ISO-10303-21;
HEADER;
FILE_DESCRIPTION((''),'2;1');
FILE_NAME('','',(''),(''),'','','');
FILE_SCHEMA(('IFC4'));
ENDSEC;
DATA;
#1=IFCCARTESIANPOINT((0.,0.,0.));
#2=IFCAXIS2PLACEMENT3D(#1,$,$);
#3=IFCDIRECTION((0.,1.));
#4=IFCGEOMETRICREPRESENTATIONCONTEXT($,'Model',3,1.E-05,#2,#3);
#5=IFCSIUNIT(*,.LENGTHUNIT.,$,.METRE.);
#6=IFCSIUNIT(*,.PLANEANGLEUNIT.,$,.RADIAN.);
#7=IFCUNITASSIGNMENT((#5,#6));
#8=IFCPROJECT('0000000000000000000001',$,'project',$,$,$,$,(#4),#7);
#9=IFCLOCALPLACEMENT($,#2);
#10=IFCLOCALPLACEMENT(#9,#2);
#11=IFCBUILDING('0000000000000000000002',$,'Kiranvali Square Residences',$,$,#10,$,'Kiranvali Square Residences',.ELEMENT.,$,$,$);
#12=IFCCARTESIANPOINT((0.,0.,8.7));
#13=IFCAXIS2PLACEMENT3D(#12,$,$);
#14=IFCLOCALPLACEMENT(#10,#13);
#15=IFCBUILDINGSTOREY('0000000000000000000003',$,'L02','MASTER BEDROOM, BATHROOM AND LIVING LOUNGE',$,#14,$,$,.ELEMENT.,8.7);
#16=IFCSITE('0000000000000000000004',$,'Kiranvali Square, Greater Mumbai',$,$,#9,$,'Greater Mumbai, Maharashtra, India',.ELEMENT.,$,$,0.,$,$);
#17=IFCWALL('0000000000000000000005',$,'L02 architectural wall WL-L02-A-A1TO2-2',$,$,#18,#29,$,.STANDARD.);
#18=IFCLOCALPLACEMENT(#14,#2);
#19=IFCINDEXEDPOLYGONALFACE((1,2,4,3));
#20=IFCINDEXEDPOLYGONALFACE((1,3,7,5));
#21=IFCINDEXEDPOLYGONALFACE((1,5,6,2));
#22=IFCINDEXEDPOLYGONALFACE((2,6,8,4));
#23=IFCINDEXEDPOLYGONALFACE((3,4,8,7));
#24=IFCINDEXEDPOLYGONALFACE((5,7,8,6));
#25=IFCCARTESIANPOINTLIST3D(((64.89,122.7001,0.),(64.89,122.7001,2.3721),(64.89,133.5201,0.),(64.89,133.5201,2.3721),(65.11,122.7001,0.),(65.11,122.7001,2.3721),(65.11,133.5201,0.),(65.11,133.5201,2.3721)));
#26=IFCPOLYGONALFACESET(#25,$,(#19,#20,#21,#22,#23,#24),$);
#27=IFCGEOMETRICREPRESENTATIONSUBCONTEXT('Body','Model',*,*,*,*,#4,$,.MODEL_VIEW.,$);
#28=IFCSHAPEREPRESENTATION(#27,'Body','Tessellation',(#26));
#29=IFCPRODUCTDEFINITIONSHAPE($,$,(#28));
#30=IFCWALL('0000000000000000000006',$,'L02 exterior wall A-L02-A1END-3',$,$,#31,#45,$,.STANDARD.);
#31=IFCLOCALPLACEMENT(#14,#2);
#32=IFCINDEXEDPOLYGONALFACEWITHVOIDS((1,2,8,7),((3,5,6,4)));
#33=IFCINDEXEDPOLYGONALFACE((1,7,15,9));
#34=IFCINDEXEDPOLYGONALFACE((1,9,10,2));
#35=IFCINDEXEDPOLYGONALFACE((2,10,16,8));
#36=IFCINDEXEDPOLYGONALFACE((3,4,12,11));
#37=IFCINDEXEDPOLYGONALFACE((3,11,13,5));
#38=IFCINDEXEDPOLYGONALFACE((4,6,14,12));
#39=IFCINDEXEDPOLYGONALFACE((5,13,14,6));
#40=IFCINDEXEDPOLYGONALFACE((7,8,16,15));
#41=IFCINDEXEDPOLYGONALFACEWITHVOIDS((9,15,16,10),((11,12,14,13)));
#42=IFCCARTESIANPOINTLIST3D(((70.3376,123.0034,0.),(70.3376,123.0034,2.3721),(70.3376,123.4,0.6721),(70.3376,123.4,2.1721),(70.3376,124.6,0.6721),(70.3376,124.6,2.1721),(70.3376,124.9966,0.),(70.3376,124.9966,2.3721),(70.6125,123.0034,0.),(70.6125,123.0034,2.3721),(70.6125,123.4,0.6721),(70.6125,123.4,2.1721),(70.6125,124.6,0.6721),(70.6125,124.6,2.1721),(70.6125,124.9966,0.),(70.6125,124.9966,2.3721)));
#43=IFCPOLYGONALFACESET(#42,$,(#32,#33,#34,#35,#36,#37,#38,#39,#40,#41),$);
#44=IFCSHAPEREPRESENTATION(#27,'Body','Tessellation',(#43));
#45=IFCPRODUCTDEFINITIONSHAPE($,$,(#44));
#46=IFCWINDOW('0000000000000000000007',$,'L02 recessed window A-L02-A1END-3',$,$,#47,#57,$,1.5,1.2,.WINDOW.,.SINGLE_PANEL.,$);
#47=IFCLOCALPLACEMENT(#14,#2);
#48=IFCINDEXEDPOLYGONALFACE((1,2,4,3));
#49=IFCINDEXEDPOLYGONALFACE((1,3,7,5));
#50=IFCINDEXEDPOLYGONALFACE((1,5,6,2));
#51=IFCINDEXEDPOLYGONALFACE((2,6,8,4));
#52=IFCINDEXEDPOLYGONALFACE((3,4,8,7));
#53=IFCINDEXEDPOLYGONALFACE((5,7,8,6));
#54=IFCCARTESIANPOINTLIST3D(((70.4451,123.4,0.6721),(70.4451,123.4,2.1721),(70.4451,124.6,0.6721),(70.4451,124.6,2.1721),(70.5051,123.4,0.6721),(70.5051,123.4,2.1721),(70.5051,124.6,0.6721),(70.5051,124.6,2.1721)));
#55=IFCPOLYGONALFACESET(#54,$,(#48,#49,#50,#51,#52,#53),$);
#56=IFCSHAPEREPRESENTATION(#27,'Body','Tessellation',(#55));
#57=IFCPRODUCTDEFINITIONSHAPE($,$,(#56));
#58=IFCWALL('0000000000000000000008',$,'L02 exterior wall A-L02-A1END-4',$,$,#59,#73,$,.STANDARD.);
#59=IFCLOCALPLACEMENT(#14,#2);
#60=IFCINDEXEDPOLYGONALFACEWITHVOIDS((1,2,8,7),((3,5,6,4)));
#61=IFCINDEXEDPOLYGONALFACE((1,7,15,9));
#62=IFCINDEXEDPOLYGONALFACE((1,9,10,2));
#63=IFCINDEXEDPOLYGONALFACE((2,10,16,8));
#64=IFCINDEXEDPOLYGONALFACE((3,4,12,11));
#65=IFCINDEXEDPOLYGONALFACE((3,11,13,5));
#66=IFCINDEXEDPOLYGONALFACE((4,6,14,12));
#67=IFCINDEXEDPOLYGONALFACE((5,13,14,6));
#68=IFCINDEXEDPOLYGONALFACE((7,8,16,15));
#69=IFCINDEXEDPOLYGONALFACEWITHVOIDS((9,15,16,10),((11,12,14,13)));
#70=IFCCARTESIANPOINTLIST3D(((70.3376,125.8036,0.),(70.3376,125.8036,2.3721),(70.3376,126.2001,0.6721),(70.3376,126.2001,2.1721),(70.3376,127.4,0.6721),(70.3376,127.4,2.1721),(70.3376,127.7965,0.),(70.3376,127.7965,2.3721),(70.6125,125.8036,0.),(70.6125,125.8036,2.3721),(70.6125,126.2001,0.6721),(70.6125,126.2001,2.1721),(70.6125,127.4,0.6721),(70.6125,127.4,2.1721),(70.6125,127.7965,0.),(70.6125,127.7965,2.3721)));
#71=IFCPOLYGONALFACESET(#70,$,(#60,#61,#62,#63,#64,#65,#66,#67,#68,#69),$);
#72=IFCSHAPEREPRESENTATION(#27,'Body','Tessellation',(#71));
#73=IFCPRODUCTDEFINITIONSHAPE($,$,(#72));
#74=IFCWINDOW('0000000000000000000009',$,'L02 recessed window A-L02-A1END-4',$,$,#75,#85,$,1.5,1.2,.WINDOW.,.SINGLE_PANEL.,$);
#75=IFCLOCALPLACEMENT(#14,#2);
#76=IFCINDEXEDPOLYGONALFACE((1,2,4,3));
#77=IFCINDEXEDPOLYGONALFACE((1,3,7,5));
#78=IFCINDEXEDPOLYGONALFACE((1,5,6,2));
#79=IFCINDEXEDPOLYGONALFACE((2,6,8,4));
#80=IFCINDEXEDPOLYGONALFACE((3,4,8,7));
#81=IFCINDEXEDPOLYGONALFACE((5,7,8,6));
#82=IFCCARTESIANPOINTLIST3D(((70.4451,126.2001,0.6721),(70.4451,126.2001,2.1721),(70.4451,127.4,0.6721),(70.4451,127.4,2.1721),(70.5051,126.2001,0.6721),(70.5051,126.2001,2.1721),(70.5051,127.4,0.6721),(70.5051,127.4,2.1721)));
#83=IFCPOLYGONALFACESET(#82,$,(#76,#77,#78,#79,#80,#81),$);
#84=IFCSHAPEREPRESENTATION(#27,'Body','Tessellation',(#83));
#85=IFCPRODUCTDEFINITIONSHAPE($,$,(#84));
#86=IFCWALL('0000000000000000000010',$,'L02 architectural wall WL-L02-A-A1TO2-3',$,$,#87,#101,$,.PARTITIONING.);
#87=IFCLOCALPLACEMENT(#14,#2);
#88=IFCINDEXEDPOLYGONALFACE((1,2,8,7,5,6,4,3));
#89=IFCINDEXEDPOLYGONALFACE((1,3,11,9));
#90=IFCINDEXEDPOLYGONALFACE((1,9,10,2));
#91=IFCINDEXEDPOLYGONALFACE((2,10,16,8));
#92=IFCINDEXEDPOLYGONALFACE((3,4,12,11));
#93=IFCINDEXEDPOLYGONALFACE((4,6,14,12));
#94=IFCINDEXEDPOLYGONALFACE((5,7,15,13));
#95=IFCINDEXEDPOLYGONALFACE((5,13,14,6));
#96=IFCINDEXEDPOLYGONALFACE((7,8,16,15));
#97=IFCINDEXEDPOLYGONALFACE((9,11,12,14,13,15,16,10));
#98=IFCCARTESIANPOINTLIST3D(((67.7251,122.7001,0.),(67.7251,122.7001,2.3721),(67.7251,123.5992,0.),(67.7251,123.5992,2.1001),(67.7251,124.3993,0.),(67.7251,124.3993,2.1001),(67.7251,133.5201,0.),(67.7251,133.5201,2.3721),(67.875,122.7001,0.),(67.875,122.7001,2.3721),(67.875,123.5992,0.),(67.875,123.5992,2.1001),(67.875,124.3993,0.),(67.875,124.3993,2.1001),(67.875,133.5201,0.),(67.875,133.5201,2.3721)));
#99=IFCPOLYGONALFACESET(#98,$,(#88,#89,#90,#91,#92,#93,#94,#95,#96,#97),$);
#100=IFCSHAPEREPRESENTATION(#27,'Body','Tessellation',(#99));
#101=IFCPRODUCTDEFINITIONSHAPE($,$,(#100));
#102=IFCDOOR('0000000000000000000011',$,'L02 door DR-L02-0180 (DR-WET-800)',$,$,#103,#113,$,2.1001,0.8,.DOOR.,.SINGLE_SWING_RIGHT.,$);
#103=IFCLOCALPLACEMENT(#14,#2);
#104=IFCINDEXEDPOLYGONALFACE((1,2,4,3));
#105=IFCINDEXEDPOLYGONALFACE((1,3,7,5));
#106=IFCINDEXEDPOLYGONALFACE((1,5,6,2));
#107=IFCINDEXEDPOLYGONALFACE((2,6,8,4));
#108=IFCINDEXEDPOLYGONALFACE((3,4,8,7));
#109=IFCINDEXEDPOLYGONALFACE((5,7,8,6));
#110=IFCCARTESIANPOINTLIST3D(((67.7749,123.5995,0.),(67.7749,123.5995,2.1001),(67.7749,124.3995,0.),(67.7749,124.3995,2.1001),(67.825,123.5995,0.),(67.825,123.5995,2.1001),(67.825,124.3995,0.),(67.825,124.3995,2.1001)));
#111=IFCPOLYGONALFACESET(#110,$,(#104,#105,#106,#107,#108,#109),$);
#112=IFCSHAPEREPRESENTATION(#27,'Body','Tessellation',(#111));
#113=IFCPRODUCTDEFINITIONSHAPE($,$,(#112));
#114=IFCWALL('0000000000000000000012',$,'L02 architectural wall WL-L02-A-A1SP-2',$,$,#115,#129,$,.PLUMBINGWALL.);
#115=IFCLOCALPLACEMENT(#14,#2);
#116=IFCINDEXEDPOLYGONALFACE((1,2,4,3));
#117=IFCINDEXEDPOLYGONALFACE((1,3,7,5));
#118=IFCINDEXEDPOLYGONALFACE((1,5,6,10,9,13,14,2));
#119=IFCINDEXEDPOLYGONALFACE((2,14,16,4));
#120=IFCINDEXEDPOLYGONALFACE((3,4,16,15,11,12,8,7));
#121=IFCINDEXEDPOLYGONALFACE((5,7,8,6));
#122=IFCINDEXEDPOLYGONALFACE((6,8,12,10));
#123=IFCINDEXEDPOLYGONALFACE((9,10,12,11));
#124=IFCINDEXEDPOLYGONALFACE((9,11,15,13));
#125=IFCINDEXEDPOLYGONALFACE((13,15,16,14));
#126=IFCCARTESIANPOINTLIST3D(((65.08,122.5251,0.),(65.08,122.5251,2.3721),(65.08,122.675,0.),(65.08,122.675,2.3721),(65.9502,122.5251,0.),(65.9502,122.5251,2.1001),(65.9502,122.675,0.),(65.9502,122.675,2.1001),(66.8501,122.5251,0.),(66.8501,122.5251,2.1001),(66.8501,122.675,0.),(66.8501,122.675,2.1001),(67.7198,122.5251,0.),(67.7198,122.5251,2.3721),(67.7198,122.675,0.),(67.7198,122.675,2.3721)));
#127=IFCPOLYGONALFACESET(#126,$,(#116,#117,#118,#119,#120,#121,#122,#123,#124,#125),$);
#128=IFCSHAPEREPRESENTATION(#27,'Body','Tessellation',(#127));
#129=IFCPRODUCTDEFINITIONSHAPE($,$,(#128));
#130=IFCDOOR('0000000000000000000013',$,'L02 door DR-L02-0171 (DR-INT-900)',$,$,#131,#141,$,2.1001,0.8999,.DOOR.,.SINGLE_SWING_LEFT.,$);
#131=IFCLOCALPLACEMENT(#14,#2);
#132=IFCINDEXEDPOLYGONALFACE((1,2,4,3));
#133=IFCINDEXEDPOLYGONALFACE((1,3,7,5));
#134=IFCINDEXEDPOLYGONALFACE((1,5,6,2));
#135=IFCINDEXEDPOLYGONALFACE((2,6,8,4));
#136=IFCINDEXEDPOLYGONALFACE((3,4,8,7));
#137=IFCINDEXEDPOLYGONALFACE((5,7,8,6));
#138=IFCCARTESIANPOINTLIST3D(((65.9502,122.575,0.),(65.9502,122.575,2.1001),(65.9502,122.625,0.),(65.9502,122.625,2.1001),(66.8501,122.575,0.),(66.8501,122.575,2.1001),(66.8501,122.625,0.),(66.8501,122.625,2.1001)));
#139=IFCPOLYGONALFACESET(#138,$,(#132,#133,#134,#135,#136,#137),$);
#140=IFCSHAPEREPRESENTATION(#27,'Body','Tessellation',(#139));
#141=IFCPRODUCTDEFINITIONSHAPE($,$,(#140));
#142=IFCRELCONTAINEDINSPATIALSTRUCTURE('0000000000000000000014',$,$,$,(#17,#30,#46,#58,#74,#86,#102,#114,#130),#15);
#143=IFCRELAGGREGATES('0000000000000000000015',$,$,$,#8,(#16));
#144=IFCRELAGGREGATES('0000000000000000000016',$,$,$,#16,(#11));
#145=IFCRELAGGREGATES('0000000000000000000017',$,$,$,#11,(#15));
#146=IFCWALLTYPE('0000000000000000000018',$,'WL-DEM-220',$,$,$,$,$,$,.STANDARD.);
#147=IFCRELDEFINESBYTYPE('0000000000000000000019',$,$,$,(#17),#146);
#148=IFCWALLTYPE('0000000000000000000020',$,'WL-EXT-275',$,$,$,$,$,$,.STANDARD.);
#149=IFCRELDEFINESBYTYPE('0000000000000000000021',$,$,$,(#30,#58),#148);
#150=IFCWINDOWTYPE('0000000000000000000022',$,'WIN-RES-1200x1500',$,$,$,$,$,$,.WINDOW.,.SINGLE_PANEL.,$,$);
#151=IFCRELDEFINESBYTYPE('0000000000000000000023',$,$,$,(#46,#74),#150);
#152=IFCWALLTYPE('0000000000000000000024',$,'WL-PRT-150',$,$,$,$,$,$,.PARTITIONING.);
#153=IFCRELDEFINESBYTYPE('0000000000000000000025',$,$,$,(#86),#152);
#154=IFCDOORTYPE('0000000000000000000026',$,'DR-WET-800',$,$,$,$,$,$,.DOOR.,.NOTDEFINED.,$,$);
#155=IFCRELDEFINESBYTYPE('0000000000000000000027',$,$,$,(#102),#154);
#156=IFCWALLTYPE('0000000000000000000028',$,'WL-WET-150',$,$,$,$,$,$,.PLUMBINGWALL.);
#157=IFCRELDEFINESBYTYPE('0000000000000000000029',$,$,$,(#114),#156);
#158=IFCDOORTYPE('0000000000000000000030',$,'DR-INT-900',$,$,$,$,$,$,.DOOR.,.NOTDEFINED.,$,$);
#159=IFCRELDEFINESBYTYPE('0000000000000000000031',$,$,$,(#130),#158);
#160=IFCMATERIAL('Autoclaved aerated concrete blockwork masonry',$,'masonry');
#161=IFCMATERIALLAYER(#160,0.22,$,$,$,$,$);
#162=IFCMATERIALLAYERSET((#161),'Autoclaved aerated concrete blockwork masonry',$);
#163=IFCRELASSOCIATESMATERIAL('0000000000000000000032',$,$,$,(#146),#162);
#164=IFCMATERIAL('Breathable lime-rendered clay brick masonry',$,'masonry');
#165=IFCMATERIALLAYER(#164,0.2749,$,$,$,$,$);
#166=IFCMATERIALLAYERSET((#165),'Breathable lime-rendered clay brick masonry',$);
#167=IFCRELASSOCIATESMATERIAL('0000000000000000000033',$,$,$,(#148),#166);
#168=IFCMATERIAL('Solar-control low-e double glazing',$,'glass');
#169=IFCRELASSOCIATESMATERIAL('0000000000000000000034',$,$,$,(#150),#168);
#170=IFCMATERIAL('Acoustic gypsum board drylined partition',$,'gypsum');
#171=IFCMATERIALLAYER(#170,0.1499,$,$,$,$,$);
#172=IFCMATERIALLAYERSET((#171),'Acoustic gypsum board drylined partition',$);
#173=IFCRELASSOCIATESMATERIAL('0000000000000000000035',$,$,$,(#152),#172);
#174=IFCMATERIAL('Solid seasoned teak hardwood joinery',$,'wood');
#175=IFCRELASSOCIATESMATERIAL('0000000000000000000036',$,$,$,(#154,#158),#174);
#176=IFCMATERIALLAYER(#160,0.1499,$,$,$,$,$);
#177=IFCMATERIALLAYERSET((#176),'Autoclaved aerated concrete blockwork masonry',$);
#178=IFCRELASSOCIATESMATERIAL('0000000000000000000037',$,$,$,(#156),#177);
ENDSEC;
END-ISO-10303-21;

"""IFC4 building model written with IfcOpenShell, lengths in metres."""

from ifc_helpers import new_model, si_unit, direction, frame, frame_2d, origin, place, context, subcontext, project, spatial, rectangle, extrude, material, layer, layer_set, type_object, element, fill, save


model = new_model("IFC4")

# Units and contexts
model_context = context("Model", 3, precision=1e-05, world=origin(), true_north=direction((0.0, 1.0)))
body_context = subcontext(model_context, "Body", "Model", "MODEL_VIEW")
ifc_project = project(units=[si_unit("LENGTHUNIT", "METRE"), si_unit("PLANEANGLEUNIT", "RADIAN")], contexts=[model_context])

# Site, building, storey
site_placement = place(None, origin())
site = spatial("IfcSite", under=ifc_project, at=site_placement, Name="Kiranvali Square, Greater Mumbai", LongName="Greater Mumbai, Maharashtra, India", CompositionType="ELEMENT", RefElevation=0.0)
building_placement = place(site_placement, origin())
building = spatial("IfcBuilding", under=site, at=building_placement, Name="Kiranvali Square Residences", LongName="Kiranvali Square Residences", CompositionType="ELEMENT")
storey_placement = place(building_placement, frame((0.0, 0.0, 8.7)))
storey = spatial("IfcBuildingStorey", under=building, at=storey_placement, Name="L02", Description="MASTER BEDROOM, BATHROOM AND LIVING LOUNGE", CompositionType="ELEMENT", Elevation=8.7)

# Wall
ifc_material_1 = material(Name="Autoclaved aerated concrete blockwork masonry", Category="masonry")
ifc_layer_1 = layer(ifc_material_1, 0.22)
ifc_layer_set_1 = layer_set([ifc_layer_1], Name="Autoclaved aerated concrete blockwork masonry")
wall_type_1 = type_object("IfcWallType", Name="WL-DEM-220", PredefinedType="STANDARD", material=ifc_layer_set_1)
wall_1_placement = place(storey_placement, frame((65.0, 122.7, 0.0), z_axis=(0.0, 0.0, 1.0), x_axis=(0.0, 1.0, 0.0)))
element("IfcWall", 1, at=wall_1_placement, inside=storey, type_object=wall_type_1, Name="L02 architectural wall WL-L02-A-A1TO2-2", PredefinedType="STANDARD", context=body_context, shape_type="SweptSolid", body=[
    extrude(rectangle(XDim=10.8201, YDim=0.22, at=frame_2d((5.4102, 0.0))), origin(), (0.0, 0.0, 1.0), 2.3721),
])

# Walls, openings, windows
ifc_material_2 = material(Name="Breathable lime-rendered clay brick masonry", Category="masonry")
ifc_layer_2 = layer(ifc_material_2, 0.2749)
ifc_layer_set_2 = layer_set([ifc_layer_2], Name="Breathable lime-rendered clay brick masonry")
wall_type_2 = type_object("IfcWallType", Name="WL-EXT-275", PredefinedType="STANDARD", material=ifc_layer_set_2)
wall_2_placement = place(storey_placement, frame((70.4751, 123.0034, 0.0), z_axis=(0.0, 0.0, 1.0), x_axis=(0.0, 1.0, 0.0)))
wall_2 = element("IfcWall", 2, at=wall_2_placement, inside=storey, type_object=wall_type_2, Name="L02 exterior wall A-L02-A1END-3", PredefinedType="STANDARD", context=body_context, shape_type="SweptSolid", body=[
    extrude(rectangle(XDim=1.9932, YDim=0.2749, at=frame_2d((0.9966, 0.0))), origin(), (0.0, 0.0, 1.0), 2.3721),
])
opening_1_placement = place(wall_2_placement, frame((0.3965, 0.0, 0.6721)))
opening_1 = element("IfcOpeningElement", 3, at=opening_1_placement, cuts=wall_2, PredefinedType="OPENING", context=body_context, shape_type="SweptSolid", body=[
    extrude(rectangle(XDim=1.2, YDim=1.5, at=frame_2d((0.6001, 0.75))), frame((0.0, 0.1475, 0.0), z_axis=(0.0, -1.0, 0.0), x_axis=(1.0, 0.0, 0.0)), (0.0, 0.0, 1.0), 0.2949),
])
ifc_material_3 = material(Name="Solar-control low-e double glazing", Category="glass")
window_type = type_object("IfcWindowType", Name="WIN-RES-1200x1500", PartitioningType="SINGLE_PANEL", PredefinedType="WINDOW", material=ifc_material_3)
window_1_placement = place(opening_1_placement, origin())
window_1 = element("IfcWindow", 4, at=window_1_placement, inside=storey, type_object=window_type, Name="L02 recessed window A-L02-A1END-3", OverallHeight=1.5, OverallWidth=1.2, PartitioningType="SINGLE_PANEL", PredefinedType="WINDOW", context=body_context, shape_type="SweptSolid", body=[
    extrude(rectangle(XDim=1.2, YDim=1.5, at=frame_2d((0.6001, 0.75))), frame((0.0, 0.03, 0.0), z_axis=(0.0, -1.0, 0.0), x_axis=(1.0, 0.0, 0.0)), (0.0, 0.0, 1.0), 0.0601),
])
fill(opening_1, window_1)
wall_3_placement = place(storey_placement, frame((70.4751, 125.8035, 0.0), z_axis=(0.0, 0.0, 1.0), x_axis=(0.0, 1.0, 0.0)))
wall_3 = element("IfcWall", 5, at=wall_3_placement, inside=storey, type_object=wall_type_2, Name="L02 exterior wall A-L02-A1END-4", PredefinedType="STANDARD", context=body_context, shape_type="SweptSolid", body=[
    extrude(rectangle(XDim=1.9929, YDim=0.2749, at=frame_2d((0.9966, 0.0))), origin(), (0.0, 0.0, 1.0), 2.3721),
])
opening_2_placement = place(wall_3_placement, frame((0.3965, 0.0, 0.6721)))
opening_2 = element("IfcOpeningElement", 6, at=opening_2_placement, cuts=wall_3, PredefinedType="OPENING", context=body_context, shape_type="SweptSolid", body=[
    extrude(rectangle(XDim=1.2, YDim=1.5, at=frame_2d((0.6001, 0.75))), frame((0.0, 0.1475, 0.0), z_axis=(0.0, -1.0, 0.0), x_axis=(1.0, 0.0, 0.0)), (0.0, 0.0, 1.0), 0.2949),
])
window_2_placement = place(opening_2_placement, origin())
window_2 = element("IfcWindow", 7, at=window_2_placement, inside=storey, type_object=window_type, Name="L02 recessed window A-L02-A1END-4", OverallHeight=1.5, OverallWidth=1.2, PartitioningType="SINGLE_PANEL", PredefinedType="WINDOW", context=body_context, shape_type="SweptSolid", body=[
    extrude(rectangle(XDim=1.2, YDim=1.5, at=frame_2d((0.6001, 0.75))), frame((0.0, 0.03, 0.0), z_axis=(0.0, -1.0, 0.0), x_axis=(1.0, 0.0, 0.0)), (0.0, 0.0, 1.0), 0.0601),
])
fill(opening_2, window_2)

# Walls, openings, doors
ifc_material_4 = material(Name="Acoustic gypsum board drylined partition", Category="gypsum")
ifc_layer_3 = layer(ifc_material_4, 0.1499)
ifc_layer_set_3 = layer_set([ifc_layer_3], Name="Acoustic gypsum board drylined partition")
wall_type_3 = type_object("IfcWallType", Name="WL-PRT-150", PredefinedType="PARTITIONING", material=ifc_layer_set_3)
wall_4_placement = place(storey_placement, frame((67.8, 122.7, 0.0), z_axis=(0.0, 0.0, 1.0), x_axis=(0.0, 1.0, 0.0)))
wall_4 = element("IfcWall", 8, at=wall_4_placement, inside=storey, type_object=wall_type_3, Name="L02 architectural wall WL-L02-A-A1TO2-3", PredefinedType="PARTITIONING", context=body_context, shape_type="SweptSolid", body=[
    extrude(rectangle(XDim=10.8201, YDim=0.1499, at=frame_2d((5.4102, 0.0))), origin(), (0.0, 0.0, 1.0), 2.3721),
])
opening_3_placement = place(wall_4_placement, frame((0.8994, 0.0, 0.0)))
opening_3 = element("IfcOpeningElement", 9, at=opening_3_placement, cuts=wall_4, PredefinedType="OPENING", context=body_context, shape_type="SweptSolid", body=[
    extrude(rectangle(XDim=0.8, YDim=2.1001, at=frame_2d((0.3999, 1.05))), frame((0.0, 0.085, 0.0), z_axis=(0.0, -1.0, 0.0), x_axis=(1.0, 0.0, 0.0)), (0.0, 0.0, 1.0), 0.1699),
])
ifc_material_5 = material(Name="Solid seasoned teak hardwood joinery", Category="wood")
door_type_1 = type_object("IfcDoorType", Name="DR-WET-800", OperationType="NOTDEFINED", PredefinedType="DOOR", material=ifc_material_5)
door_1_placement = place(opening_3_placement, frame((0.8, 0.0, 0.0), z_axis=(0.0, 0.0, 1.0), x_axis=(-1.0, 0.0, 0.0)))
door_1 = element("IfcDoor", 10, at=door_1_placement, inside=storey, type_object=door_type_1, Name="L02 door DR-L02-0180 (DR-WET-800)", OperationType="SINGLE_SWING_RIGHT", OverallHeight=2.1001, OverallWidth=0.8, PredefinedType="DOOR", context=body_context, shape_type="SweptSolid", body=[
    extrude(rectangle(XDim=0.8, YDim=2.1001, at=frame_2d((0.3999, 1.05))), frame((0.0, 0.0249, 0.0), z_axis=(0.0, -1.0, 0.0), x_axis=(1.0, 0.0, 0.0)), (0.0, 0.0, 1.0), 0.05),
])
fill(opening_3, door_1)
ifc_layer_4 = layer(ifc_material_1, 0.1499)
ifc_layer_set_4 = layer_set([ifc_layer_4], Name="Autoclaved aerated concrete blockwork masonry")
wall_type_4 = type_object("IfcWallType", Name="WL-WET-150", PredefinedType="PLUMBINGWALL", material=ifc_layer_set_4)
wall_5_placement = place(storey_placement, frame((65.0801, 122.6001, 0.0), z_axis=(0.0, 0.0, 1.0), x_axis=(1.0, 0.0, 0.0)))
wall_5 = element("IfcWall", 11, at=wall_5_placement, inside=storey, type_object=wall_type_4, Name="L02 architectural wall WL-L02-A-A1SP-2", PredefinedType="PLUMBINGWALL", context=body_context, shape_type="SweptSolid", body=[
    extrude(rectangle(XDim=2.6399, YDim=0.1499, at=frame_2d((1.3198, 0.0))), origin(), (0.0, 0.0, 1.0), 2.3721),
])
opening_4_placement = place(wall_5_placement, frame((0.8701, 0.0, 0.0)))
opening_4 = element("IfcOpeningElement", 12, at=opening_4_placement, cuts=wall_5, PredefinedType="OPENING", context=body_context, shape_type="SweptSolid", body=[
    extrude(rectangle(XDim=0.8999, YDim=2.1001, at=frame_2d((0.45, 1.05))), frame((0.0, 0.085, 0.0), z_axis=(0.0, -1.0, 0.0), x_axis=(1.0, 0.0, 0.0)), (0.0, 0.0, 1.0), 0.1699),
])
door_type_2 = type_object("IfcDoorType", Name="DR-INT-900", OperationType="NOTDEFINED", PredefinedType="DOOR", material=ifc_material_5)
door_2_placement = place(opening_4_placement, origin())
door_2 = element("IfcDoor", 13, at=door_2_placement, inside=storey, type_object=door_type_2, Name="L02 door DR-L02-0171 (DR-INT-900)", OperationType="SINGLE_SWING_LEFT", OverallHeight=2.1001, OverallWidth=0.8999, PredefinedType="DOOR", context=body_context, shape_type="SweptSolid", body=[
    extrude(rectangle(XDim=0.8999, YDim=2.1001, at=frame_2d((0.45, 1.05))), frame((0.0, 0.0249, 0.0), z_axis=(0.0, -1.0, 0.0), x_axis=(1.0, 0.0, 0.0)), (0.0, 0.0, 1.0), 0.05),
])
fill(opening_4, door_2)

save(model, "model.ifc")
